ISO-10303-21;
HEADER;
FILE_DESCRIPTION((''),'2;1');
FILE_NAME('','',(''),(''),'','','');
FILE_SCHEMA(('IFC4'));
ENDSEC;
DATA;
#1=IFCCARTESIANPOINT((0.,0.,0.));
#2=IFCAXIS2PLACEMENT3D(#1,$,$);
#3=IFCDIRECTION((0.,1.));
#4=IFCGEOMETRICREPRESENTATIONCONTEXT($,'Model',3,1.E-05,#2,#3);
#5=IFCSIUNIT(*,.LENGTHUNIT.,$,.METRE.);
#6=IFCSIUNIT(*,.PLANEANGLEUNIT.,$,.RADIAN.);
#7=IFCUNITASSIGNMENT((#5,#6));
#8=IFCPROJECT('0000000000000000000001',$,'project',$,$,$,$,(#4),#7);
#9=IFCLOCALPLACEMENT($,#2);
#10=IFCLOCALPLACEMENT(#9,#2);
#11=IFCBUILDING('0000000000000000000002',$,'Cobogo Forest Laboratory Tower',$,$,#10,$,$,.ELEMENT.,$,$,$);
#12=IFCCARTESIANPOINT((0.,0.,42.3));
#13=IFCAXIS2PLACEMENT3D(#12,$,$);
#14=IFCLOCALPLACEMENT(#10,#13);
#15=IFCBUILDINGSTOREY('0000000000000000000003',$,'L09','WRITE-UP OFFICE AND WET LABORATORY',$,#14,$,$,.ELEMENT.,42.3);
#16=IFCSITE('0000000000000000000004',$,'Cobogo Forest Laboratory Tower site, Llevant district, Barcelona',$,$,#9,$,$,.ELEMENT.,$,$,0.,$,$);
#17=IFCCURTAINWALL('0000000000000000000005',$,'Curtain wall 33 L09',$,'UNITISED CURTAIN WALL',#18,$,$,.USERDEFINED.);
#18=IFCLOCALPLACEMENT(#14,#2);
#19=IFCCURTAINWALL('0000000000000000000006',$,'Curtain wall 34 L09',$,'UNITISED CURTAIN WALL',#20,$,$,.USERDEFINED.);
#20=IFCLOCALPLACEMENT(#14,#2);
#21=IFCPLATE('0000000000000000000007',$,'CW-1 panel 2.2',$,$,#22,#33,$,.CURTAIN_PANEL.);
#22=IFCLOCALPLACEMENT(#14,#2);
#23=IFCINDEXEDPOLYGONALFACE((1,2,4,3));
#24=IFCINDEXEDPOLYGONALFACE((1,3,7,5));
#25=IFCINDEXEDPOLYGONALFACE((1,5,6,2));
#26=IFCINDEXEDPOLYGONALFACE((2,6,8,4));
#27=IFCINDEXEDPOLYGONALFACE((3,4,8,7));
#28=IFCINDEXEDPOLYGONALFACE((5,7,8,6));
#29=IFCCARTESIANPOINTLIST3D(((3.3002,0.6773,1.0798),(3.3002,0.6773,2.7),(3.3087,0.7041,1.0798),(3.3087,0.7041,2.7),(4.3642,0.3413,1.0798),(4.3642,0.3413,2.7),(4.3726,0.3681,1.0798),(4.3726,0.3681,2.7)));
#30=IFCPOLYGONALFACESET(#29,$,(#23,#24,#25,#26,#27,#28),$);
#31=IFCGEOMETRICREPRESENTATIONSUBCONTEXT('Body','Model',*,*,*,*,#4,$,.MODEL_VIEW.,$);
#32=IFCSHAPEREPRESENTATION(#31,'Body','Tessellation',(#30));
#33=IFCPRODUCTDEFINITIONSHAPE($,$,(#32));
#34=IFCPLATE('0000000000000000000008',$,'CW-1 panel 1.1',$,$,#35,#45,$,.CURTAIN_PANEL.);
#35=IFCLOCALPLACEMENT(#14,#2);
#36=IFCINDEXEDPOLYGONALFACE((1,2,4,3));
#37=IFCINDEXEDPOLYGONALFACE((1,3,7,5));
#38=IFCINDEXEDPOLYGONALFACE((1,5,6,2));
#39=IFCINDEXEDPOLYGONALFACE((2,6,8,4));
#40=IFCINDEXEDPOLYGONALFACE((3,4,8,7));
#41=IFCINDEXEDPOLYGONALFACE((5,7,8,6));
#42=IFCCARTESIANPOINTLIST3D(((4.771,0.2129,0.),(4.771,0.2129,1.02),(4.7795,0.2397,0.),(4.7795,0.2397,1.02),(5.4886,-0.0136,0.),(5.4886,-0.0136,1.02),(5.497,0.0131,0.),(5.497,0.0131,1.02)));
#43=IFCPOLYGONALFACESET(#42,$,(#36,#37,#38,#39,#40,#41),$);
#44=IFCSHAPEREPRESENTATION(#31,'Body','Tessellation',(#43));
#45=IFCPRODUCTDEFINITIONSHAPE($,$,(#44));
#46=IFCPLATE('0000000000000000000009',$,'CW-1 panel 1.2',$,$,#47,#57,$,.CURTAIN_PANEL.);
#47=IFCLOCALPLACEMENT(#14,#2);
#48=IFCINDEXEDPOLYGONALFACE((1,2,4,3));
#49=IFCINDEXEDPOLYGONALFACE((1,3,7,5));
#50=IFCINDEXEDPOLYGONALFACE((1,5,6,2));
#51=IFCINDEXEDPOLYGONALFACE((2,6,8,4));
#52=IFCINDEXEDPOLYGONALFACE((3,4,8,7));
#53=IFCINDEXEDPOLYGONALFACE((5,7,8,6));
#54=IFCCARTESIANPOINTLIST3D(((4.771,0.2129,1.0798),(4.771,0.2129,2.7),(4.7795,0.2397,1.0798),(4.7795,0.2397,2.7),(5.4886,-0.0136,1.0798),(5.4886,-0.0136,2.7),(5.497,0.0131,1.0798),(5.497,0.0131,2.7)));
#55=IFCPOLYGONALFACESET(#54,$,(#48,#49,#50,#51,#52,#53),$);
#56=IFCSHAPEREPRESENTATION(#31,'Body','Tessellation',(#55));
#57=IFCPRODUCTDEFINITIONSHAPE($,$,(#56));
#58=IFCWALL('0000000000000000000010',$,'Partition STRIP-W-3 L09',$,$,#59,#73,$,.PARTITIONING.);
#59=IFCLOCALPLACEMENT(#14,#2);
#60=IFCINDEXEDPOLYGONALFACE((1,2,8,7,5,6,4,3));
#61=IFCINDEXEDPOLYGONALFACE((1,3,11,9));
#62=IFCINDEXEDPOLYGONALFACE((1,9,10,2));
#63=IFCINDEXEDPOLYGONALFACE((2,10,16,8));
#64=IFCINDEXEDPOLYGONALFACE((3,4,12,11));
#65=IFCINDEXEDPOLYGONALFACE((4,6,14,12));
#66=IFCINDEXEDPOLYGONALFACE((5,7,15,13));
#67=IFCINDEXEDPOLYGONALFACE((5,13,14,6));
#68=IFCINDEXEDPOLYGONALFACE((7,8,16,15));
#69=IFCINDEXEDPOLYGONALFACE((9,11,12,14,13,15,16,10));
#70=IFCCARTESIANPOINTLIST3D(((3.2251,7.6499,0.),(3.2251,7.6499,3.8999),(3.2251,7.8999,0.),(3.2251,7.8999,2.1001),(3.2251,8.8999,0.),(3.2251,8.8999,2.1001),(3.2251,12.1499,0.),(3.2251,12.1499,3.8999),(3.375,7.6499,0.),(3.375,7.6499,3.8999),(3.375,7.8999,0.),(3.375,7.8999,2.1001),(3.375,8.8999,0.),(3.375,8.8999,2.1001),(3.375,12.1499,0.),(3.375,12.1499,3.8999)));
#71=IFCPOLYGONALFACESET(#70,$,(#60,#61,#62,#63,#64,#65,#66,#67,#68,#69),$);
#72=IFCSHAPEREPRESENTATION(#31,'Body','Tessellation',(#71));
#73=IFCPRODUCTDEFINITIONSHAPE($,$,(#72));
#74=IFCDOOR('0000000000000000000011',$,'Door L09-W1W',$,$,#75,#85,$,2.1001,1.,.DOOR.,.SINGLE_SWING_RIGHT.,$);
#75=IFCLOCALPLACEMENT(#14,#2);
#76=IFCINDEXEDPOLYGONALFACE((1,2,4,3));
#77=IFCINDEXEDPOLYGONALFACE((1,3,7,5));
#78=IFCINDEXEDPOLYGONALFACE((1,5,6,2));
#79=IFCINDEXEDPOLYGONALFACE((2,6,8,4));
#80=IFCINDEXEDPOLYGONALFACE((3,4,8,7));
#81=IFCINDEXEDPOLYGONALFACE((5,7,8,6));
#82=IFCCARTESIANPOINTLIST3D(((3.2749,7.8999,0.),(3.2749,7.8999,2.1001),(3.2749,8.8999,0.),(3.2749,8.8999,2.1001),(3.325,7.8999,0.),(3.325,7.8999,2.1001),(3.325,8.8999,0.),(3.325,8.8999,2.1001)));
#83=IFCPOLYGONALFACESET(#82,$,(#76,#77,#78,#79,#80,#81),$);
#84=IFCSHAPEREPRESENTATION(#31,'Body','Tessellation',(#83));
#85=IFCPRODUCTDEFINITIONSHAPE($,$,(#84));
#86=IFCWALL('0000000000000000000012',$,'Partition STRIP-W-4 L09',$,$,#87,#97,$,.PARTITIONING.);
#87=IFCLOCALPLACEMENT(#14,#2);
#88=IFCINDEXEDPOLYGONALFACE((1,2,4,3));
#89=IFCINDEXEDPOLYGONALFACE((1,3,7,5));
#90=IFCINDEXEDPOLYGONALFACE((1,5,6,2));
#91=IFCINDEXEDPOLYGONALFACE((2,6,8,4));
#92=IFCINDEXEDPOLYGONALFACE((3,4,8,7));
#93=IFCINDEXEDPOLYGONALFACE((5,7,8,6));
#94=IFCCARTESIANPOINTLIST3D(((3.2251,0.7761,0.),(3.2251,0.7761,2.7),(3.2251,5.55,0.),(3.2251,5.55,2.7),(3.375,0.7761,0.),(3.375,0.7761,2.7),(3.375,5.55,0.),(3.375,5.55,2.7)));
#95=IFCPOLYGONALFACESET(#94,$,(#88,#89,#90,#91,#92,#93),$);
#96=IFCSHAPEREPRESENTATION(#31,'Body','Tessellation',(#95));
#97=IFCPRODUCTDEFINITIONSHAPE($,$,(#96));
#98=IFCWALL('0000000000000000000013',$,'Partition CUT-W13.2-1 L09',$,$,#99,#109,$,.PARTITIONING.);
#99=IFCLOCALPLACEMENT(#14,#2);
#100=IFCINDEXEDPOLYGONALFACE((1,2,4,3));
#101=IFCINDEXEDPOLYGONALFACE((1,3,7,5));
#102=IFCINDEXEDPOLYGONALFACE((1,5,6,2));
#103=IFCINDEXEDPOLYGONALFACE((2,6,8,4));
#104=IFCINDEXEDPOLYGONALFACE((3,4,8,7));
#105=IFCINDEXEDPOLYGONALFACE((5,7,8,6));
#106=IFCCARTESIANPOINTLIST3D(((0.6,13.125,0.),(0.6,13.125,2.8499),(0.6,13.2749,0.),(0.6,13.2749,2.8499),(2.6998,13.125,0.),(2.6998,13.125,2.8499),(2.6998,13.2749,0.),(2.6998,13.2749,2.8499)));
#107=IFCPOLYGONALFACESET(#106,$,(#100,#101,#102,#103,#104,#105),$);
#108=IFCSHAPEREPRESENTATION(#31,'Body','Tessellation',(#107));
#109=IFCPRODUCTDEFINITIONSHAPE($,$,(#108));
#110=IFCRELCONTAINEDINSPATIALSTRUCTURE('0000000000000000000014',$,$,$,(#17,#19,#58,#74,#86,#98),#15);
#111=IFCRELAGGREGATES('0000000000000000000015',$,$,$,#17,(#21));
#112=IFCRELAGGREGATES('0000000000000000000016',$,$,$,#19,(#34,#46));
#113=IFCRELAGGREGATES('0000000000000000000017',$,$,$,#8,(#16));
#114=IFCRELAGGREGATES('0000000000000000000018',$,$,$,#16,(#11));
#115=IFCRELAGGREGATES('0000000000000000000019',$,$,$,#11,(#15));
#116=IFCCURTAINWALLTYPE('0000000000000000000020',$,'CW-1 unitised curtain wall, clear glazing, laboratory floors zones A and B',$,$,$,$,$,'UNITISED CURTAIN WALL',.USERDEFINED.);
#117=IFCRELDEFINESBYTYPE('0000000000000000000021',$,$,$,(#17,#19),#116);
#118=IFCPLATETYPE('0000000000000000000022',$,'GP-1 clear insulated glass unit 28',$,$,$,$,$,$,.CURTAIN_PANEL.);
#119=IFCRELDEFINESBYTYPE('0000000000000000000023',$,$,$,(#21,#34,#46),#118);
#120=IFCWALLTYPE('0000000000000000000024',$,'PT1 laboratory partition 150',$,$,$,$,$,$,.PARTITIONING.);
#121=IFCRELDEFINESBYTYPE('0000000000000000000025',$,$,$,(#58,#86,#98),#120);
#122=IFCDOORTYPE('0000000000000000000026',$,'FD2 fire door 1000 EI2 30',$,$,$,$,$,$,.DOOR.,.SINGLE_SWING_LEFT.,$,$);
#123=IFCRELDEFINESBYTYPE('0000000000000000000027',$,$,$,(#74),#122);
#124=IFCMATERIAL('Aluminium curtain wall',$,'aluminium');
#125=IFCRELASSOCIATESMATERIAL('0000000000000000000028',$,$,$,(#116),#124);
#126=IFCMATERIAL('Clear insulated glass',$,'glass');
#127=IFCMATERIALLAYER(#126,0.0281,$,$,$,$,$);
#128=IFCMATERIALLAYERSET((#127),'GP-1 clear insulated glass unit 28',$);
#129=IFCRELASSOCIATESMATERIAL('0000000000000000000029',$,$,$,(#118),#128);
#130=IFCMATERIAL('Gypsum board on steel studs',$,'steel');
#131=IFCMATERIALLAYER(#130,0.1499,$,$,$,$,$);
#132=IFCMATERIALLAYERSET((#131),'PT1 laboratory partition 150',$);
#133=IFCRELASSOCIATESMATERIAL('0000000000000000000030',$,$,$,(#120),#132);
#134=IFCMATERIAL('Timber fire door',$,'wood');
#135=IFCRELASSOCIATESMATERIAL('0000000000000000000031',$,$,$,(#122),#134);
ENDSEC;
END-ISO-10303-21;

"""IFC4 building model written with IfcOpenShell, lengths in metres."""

from ifc_helpers import new_model, si_unit, direction, frame, frame_2d, origin, origin_2d, place, context, subcontext, project, spatial, rectangle, extrude, material, layer, layer_set, type_object, element, fill, aggregate, save


model = new_model("IFC4")

# Units and contexts
model_context = context("Model", 3, precision=1e-05, world=origin(), true_north=direction((0.0, 1.0)))
body_context = subcontext(model_context, "Body", "Model", "MODEL_VIEW")
ifc_project = project(units=[si_unit("LENGTHUNIT", "METRE"), si_unit("PLANEANGLEUNIT", "RADIAN")], contexts=[model_context])

# Site, building, storey
site_placement = place(None, origin())
site = spatial("IfcSite", under=ifc_project, at=site_placement, Name="Cobogo Forest Laboratory Tower site, Llevant district, Barcelona", CompositionType="ELEMENT", RefElevation=0.0)
building_placement = place(site_placement, origin())
building = spatial("IfcBuilding", under=site, at=building_placement, Name="Cobogo Forest Laboratory Tower", CompositionType="ELEMENT")
storey_placement = place(building_placement, frame((0.0, 0.0, 42.3)))
storey = spatial("IfcBuildingStorey", under=building, at=storey_placement, Name="L09", Description="WRITE-UP OFFICE AND WET LABORATORY", CompositionType="ELEMENT", Elevation=42.3)

# Shared definitions
ifc_material_1 = material(Name="Aluminium curtain wall", Category="aluminium")
curtain_wall_type = type_object("IfcCurtainWallType", Name="CW-1 unitised curtain wall, clear glazing, laboratory floors zones A and B", ElementType="UNITISED CURTAIN WALL", PredefinedType="USERDEFINED", material=ifc_material_1)

# Curtain walls
curtain_wall_1_placement = place(storey_placement, origin())
curtain_wall_1 = element("IfcCurtainWall", 1, at=curtain_wall_1_placement, inside=storey, type_object=curtain_wall_type, Name="Curtain wall 33 L09", ObjectType="UNITISED CURTAIN WALL", PredefinedType="USERDEFINED")
curtain_wall_2_placement = place(storey_placement, origin())
curtain_wall_2 = element("IfcCurtainWall", 2, at=curtain_wall_2_placement, inside=storey, type_object=curtain_wall_type, Name="Curtain wall 34 L09", ObjectType="UNITISED CURTAIN WALL", PredefinedType="USERDEFINED")

# Plates
ifc_material_2 = material(Name="Clear insulated glass", Category="glass")
ifc_layer_1 = layer(ifc_material_2, 0.0281)
ifc_layer_set_1 = layer_set([ifc_layer_1], Name="GP-1 clear insulated glass unit 28")
plate_type = type_object("IfcPlateType", Name="GP-1 clear insulated glass unit 28", PredefinedType="CURTAIN_PANEL", material=ifc_layer_set_1)
plate_1_placement = place(storey_placement, frame((3.8364, 0.5227, 1.0798), z_axis=(0.0, 0.0, 1.0), x_axis=(0.953581, -0.301135, 0.0)))
plate_1 = element("IfcPlate", 3, at=plate_1_placement, type_object=plate_type, Name="CW-1 panel 2.2", PredefinedType="CURTAIN_PANEL", context=body_context, shape_type="SweptSolid", body=[
    extrude(rectangle(XDim=1.1157, YDim=0.0281, at=origin_2d()), origin(), (0.0, 0.0, 1.0), 1.6201),
])
aggregate(curtain_wall_1, [plate_1])
plate_2_placement = place(storey_placement, frame((5.134, 0.113, 0.0), z_axis=(0.0, 0.0, 1.0), x_axis=(0.953582, -0.301135, 0.0)))
plate_2 = element("IfcPlate", 4, at=plate_2_placement, type_object=plate_type, Name="CW-1 panel 1.1", PredefinedType="CURTAIN_PANEL", context=body_context, shape_type="SweptSolid", body=[
    extrude(rectangle(XDim=0.7524, YDim=0.0281, at=origin_2d()), origin(), (0.0, 0.0, 1.0), 1.02),
])
plate_3_placement = place(storey_placement, frame((5.134, 0.113, 1.0798), z_axis=(0.0, 0.0, 1.0), x_axis=(0.953582, -0.301135, 0.0)))
plate_3 = element("IfcPlate", 5, at=plate_3_placement, type_object=plate_type, Name="CW-1 panel 1.2", PredefinedType="CURTAIN_PANEL", context=body_context, shape_type="SweptSolid", body=[
    extrude(rectangle(XDim=0.7524, YDim=0.0281, at=origin_2d()), origin(), (0.0, 0.0, 1.0), 1.6201),
])
aggregate(curtain_wall_2, [plate_2, plate_3])

# Wall, opening, door
ifc_material_3 = material(Name="Gypsum board on steel studs", Category="steel")
ifc_layer_2 = layer(ifc_material_3, 0.1499)
ifc_layer_set_2 = layer_set([ifc_layer_2], Name="PT1 laboratory partition 150")
wall_type = type_object("IfcWallType", Name="PT1 laboratory partition 150", PredefinedType="PARTITIONING", material=ifc_layer_set_2)
wall_1_placement = place(storey_placement, frame((3.3, 12.1499, 0.0), z_axis=(0.0, 0.0, 1.0), x_axis=(0.0, -1.0, 0.0)))
wall_1 = element("IfcWall", 6, at=wall_1_placement, inside=storey, type_object=wall_type, Name="Partition STRIP-W-3 L09", PredefinedType="PARTITIONING", context=body_context, shape_type="SweptSolid", body=[
    extrude(rectangle(XDim=4.5, YDim=0.1499, at=frame_2d((2.25, 0.0))), origin(), (0.0, 0.0, 1.0), 3.8999),
])
opening_placement = place(wall_1_placement, frame((3.25, 0.0, 0.0)))
opening = element("IfcOpeningElement", 7, at=opening_placement, cuts=wall_1, PredefinedType="OPENING", context=body_context, shape_type="SweptSolid", body=[
    extrude(rectangle(XDim=1.0, YDim=2.1001, at=frame_2d((0.5, 1.05))), frame((0.0, 0.085, 0.0), z_axis=(0.0, -1.0, 0.0), x_axis=(1.0, 0.0, 0.0)), (0.0, 0.0, 1.0), 0.1699),
])
ifc_material_4 = material(Name="Timber fire door", Category="wood")
door_type = type_object("IfcDoorType", Name="FD2 fire door 1000 EI2 30", OperationType="SINGLE_SWING_LEFT", PredefinedType="DOOR", material=ifc_material_4)
door_placement = place(opening_placement, origin())
door = element("IfcDoor", 8, at=door_placement, inside=storey, type_object=door_type, Name="Door L09-W1W", OperationType="SINGLE_SWING_RIGHT", OverallHeight=2.1001, OverallWidth=1.0, PredefinedType="DOOR", context=body_context, shape_type="SweptSolid", body=[
    extrude(rectangle(XDim=1.0, YDim=2.1001, at=frame_2d((0.5, 1.05))), frame((0.0, 0.0249, 0.0), z_axis=(0.0, -1.0, 0.0), x_axis=(1.0, 0.0, 0.0)), (0.0, 0.0, 1.0), 0.05),
])
fill(opening, door)

# Walls
wall_2_placement = place(storey_placement, frame((3.3, 5.55, 0.0), z_axis=(0.0, 0.0, 1.0), x_axis=(0.0, -1.0, 0.0)))
element("IfcWall", 9, at=wall_2_placement, inside=storey, type_object=wall_type, Name="Partition STRIP-W-4 L09", PredefinedType="PARTITIONING", context=body_context, shape_type="SweptSolid", body=[
    extrude(rectangle(XDim=4.7739, YDim=0.1499, at=frame_2d((2.387, 0.0))), origin(), (0.0, 0.0, 1.0), 2.7),
])
wall_3_placement = place(storey_placement, frame((0.6001, 13.2, 0.0), z_axis=(0.0, 0.0, 1.0), x_axis=(1.0, 0.0, 0.0)))
element("IfcWall", 10, at=wall_3_placement, inside=storey, type_object=wall_type, Name="Partition CUT-W13.2-1 L09", PredefinedType="PARTITIONING", context=body_context, shape_type="SweptSolid", body=[
    extrude(rectangle(XDim=2.0999, YDim=0.1499, at=frame_2d((1.0498, 0.0))), origin(), (0.0, 0.0, 1.0), 2.8499),
])

save(model, "model.ifc")
